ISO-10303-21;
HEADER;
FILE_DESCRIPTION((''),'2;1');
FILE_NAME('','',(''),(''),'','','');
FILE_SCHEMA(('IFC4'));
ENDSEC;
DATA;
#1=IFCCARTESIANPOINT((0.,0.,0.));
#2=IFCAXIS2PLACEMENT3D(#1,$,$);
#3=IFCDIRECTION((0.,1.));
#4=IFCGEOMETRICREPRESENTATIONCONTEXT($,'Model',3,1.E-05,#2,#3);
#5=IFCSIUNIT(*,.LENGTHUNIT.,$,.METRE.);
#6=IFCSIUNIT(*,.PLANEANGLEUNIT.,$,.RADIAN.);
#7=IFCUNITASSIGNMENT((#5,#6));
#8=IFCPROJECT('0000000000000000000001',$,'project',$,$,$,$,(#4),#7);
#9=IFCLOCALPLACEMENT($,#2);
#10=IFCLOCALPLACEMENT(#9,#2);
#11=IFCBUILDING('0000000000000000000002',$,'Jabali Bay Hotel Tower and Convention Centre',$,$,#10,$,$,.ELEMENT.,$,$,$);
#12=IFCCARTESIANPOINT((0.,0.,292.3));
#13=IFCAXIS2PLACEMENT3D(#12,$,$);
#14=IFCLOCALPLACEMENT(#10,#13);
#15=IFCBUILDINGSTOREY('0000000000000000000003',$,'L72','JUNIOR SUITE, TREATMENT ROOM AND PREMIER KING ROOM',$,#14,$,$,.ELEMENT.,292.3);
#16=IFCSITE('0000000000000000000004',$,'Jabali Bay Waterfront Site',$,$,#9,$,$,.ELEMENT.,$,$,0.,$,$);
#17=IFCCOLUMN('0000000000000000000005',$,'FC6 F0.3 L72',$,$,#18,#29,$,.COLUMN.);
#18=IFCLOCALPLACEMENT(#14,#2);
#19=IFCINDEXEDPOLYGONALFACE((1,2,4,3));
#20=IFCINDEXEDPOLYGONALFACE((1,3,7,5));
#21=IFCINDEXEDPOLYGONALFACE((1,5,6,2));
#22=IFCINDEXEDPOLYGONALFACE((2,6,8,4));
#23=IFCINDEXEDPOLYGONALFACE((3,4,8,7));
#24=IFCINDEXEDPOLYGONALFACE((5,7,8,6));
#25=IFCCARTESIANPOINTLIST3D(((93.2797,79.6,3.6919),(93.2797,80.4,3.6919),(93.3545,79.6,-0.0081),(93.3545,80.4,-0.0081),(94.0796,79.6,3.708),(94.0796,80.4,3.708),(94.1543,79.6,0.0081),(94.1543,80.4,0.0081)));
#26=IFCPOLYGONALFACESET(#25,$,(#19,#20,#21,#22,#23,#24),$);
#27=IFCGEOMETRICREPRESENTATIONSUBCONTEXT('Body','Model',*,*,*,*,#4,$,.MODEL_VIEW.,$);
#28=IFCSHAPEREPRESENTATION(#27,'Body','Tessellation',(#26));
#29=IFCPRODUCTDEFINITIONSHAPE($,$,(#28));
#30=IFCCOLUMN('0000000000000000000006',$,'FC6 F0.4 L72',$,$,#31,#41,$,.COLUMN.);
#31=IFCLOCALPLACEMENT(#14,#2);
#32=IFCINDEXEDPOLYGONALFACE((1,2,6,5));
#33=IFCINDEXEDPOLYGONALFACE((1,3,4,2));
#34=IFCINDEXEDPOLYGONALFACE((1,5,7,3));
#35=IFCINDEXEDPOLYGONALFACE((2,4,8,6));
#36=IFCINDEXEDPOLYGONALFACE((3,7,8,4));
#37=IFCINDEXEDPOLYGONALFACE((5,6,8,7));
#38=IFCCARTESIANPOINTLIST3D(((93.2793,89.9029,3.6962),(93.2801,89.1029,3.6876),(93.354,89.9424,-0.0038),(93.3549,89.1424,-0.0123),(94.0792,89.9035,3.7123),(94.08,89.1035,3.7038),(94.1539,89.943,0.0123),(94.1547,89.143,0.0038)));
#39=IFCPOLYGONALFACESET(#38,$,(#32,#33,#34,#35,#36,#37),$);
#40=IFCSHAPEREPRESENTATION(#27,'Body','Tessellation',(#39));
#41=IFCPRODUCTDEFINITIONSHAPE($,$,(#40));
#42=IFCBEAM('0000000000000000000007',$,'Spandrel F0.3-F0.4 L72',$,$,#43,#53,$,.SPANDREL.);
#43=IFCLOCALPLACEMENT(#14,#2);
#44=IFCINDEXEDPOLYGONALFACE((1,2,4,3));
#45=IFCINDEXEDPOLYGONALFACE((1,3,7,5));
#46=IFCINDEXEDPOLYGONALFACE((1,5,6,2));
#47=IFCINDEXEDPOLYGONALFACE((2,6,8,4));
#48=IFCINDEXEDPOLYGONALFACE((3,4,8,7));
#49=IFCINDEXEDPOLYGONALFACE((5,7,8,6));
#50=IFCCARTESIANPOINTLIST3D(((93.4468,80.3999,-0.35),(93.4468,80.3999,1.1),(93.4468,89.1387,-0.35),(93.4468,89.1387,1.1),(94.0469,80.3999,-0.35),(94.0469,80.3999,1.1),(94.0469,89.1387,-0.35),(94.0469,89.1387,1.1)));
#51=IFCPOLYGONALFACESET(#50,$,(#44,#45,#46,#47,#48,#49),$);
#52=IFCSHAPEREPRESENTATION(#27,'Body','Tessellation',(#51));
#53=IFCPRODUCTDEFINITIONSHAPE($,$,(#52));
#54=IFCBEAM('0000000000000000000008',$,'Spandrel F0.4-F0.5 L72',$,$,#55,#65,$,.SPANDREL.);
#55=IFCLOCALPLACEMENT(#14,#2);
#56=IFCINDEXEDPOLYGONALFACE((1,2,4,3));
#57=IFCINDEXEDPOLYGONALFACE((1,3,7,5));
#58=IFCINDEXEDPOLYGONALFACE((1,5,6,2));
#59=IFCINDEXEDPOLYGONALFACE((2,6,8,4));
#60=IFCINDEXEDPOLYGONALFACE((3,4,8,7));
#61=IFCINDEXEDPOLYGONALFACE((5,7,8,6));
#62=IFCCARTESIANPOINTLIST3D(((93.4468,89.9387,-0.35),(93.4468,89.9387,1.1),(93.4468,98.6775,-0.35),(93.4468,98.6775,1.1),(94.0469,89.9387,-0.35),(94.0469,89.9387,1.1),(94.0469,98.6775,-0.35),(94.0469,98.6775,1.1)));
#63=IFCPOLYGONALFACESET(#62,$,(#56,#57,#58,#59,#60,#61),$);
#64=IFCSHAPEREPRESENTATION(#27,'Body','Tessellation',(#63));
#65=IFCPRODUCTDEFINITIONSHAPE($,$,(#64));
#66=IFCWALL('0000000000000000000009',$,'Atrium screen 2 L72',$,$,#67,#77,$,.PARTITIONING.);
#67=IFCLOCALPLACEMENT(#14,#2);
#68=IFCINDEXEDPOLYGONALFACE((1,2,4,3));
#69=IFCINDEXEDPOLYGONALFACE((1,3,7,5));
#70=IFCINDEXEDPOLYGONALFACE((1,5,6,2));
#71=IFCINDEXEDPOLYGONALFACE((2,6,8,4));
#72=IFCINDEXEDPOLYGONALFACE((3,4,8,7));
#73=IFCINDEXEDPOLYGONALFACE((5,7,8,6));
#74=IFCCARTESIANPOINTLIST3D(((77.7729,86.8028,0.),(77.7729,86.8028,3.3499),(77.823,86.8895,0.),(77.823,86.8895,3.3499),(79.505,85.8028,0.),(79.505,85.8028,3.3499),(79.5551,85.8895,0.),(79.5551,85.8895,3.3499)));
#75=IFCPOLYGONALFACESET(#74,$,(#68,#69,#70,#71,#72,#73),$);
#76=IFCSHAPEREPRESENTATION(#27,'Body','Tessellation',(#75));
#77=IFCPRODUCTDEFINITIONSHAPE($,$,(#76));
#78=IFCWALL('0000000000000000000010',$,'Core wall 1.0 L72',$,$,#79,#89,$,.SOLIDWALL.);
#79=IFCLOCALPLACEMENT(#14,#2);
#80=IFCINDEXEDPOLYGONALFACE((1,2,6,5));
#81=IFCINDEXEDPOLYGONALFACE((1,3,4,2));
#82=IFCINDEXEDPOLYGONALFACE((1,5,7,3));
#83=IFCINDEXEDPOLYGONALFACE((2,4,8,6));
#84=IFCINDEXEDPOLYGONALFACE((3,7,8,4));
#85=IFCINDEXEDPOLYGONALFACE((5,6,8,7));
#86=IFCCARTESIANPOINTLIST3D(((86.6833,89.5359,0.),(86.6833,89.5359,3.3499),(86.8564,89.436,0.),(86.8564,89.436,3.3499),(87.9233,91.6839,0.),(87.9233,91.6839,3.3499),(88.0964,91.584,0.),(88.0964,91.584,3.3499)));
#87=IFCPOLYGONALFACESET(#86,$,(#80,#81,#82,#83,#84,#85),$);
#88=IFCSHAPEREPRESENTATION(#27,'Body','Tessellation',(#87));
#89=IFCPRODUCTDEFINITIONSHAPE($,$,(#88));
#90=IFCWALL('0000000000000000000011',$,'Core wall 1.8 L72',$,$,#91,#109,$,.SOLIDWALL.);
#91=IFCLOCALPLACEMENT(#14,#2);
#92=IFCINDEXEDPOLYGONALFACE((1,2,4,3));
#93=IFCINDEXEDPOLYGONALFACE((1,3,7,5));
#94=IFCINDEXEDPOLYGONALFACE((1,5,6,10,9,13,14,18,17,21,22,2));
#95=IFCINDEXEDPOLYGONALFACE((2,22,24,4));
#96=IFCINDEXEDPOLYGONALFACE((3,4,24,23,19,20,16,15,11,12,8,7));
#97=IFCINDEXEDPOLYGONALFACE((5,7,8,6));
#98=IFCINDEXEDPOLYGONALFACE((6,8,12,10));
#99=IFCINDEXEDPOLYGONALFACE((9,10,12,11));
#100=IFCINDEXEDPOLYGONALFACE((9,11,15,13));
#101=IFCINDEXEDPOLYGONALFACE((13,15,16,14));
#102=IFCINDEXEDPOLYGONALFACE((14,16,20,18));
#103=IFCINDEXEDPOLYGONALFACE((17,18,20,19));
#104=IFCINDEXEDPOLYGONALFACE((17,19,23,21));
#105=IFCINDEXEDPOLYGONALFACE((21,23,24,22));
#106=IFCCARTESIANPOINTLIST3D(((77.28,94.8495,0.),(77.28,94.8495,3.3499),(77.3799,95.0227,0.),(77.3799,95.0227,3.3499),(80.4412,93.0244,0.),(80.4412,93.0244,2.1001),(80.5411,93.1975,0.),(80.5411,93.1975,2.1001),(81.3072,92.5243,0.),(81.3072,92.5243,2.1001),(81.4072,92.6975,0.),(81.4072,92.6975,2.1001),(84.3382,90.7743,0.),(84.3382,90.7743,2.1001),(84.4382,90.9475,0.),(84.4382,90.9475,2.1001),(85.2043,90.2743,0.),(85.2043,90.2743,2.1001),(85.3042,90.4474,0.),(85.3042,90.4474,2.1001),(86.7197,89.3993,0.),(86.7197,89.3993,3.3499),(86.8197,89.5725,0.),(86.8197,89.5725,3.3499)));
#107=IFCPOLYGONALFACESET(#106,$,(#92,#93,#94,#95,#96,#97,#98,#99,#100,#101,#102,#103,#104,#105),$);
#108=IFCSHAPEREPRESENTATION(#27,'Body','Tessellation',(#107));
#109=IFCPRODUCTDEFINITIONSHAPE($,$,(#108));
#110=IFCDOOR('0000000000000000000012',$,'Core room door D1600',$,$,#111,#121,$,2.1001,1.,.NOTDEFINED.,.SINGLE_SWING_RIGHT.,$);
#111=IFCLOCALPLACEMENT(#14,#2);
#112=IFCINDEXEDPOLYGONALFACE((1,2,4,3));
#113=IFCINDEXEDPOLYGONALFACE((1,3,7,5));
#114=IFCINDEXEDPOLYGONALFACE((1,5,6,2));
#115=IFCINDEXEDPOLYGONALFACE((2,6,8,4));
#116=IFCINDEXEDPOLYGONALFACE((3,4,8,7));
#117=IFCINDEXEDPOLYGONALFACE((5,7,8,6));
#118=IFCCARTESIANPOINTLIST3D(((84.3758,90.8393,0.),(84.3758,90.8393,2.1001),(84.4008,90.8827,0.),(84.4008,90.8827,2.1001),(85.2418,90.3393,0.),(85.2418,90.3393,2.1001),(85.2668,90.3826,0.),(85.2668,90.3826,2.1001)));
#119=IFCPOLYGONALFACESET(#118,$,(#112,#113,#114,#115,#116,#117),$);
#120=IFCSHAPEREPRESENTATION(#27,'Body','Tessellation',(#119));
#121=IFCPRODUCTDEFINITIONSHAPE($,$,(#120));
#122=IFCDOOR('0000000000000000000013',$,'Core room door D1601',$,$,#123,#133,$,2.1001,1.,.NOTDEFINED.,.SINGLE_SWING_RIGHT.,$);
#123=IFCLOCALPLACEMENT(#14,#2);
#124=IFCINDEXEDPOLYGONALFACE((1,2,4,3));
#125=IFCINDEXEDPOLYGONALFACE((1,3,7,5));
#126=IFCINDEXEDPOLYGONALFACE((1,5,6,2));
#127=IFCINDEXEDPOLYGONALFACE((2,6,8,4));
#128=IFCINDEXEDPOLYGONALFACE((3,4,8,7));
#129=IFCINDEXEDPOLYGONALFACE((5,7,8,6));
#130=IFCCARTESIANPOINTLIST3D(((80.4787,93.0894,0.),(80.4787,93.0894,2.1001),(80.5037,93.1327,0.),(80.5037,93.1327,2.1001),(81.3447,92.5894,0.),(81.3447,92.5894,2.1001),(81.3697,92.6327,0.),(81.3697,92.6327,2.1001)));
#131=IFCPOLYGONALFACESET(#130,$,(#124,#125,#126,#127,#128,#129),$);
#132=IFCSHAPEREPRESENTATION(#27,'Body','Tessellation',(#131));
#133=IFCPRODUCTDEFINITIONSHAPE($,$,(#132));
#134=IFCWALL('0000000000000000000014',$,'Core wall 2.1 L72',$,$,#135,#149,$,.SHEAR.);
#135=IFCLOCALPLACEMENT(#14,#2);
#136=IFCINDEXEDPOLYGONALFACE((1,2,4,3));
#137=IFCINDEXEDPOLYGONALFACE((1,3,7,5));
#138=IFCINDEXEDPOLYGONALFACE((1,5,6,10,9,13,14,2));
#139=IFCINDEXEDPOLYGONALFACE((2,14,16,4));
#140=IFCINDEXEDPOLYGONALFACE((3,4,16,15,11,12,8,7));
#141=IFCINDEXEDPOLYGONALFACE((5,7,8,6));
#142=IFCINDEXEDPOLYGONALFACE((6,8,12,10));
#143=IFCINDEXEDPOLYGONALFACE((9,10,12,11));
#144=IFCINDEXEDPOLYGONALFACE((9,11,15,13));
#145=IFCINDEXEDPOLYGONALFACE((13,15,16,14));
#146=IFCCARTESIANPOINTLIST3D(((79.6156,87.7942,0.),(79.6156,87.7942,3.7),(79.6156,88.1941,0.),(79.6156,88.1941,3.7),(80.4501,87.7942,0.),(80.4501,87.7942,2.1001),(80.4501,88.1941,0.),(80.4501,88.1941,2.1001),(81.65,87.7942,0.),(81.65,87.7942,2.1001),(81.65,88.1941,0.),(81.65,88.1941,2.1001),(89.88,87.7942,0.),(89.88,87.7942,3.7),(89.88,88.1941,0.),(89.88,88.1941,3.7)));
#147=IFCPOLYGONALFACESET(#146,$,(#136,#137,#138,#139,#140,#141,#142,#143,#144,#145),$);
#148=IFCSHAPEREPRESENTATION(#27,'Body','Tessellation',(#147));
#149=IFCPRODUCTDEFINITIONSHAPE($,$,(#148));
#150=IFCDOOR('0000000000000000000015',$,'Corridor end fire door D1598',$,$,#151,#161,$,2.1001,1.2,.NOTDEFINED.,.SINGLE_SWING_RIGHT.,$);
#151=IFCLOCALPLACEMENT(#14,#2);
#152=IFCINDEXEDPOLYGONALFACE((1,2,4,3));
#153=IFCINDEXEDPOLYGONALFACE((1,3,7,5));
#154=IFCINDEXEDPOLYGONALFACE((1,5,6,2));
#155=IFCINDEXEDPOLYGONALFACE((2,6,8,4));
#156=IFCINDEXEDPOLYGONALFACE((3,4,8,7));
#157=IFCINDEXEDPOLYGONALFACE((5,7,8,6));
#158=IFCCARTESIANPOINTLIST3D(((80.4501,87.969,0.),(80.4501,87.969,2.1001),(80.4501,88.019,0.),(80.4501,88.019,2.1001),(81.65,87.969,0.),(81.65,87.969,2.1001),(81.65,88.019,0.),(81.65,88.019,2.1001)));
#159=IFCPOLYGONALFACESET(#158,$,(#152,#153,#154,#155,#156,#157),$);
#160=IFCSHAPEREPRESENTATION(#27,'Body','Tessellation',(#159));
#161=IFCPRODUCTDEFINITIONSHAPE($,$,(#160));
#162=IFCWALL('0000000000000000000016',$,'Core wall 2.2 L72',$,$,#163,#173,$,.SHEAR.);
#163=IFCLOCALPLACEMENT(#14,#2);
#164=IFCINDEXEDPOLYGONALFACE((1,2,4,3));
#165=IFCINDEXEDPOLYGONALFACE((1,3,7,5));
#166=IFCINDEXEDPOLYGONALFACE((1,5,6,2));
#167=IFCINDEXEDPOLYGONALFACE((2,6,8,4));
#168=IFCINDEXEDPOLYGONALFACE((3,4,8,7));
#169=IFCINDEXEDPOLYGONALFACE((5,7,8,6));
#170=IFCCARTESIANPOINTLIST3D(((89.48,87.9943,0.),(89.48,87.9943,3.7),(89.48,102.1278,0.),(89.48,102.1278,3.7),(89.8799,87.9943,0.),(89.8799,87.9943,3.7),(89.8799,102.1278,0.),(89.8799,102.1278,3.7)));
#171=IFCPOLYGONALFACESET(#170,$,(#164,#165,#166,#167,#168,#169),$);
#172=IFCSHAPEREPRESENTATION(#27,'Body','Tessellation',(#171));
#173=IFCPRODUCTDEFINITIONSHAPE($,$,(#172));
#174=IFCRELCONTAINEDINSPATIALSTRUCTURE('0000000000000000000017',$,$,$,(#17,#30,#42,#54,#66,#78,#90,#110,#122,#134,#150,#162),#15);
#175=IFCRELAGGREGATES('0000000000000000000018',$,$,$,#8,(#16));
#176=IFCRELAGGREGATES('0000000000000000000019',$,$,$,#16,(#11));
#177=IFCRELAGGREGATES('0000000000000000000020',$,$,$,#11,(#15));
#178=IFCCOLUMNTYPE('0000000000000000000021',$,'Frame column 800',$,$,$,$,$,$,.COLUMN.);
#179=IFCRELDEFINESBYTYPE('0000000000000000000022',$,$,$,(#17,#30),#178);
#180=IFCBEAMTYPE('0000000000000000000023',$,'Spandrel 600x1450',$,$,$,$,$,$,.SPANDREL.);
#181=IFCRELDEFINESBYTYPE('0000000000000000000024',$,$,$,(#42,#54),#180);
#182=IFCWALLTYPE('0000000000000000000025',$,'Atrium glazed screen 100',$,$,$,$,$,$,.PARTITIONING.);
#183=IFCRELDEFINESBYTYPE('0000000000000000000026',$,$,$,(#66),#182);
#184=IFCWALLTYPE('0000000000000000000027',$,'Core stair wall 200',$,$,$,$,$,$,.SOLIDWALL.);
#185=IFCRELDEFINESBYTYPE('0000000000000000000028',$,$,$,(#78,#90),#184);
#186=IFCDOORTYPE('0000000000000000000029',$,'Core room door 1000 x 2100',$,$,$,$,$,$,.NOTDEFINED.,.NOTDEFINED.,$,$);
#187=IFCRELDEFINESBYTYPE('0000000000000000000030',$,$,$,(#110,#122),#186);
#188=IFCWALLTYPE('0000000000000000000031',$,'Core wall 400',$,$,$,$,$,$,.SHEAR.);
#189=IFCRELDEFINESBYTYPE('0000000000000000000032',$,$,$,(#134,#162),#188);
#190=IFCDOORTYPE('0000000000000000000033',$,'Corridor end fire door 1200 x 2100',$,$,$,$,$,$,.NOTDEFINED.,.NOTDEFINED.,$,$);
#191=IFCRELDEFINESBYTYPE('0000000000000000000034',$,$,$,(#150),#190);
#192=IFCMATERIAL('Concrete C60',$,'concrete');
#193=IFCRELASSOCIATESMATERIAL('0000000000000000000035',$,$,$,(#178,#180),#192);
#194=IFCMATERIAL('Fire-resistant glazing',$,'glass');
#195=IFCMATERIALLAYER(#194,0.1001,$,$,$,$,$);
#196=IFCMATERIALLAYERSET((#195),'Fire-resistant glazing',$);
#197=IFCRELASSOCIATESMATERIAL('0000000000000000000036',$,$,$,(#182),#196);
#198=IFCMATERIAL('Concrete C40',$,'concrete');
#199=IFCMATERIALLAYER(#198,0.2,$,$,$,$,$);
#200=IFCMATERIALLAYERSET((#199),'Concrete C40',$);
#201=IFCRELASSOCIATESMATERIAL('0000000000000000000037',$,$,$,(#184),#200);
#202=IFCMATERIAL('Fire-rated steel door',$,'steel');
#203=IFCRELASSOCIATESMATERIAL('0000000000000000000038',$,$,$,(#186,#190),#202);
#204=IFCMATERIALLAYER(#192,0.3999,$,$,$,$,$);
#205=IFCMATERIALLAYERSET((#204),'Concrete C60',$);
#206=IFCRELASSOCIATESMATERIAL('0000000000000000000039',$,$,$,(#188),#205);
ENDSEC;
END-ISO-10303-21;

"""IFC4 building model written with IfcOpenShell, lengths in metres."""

from ifc_helpers import new_model, si_unit, direction, frame, frame_2d, origin, origin_2d, place, context, subcontext, project, spatial, rectangle, extrude, material, layer, layer_set, material_profile, profile_set, type_object, element, fill, save


model = new_model("IFC4")

# Units and contexts
model_context = context("Model", 3, precision=1e-05, world=origin(), true_north=direction((0.0, 1.0)))
body_context = subcontext(model_context, "Body", "Model", "MODEL_VIEW")
ifc_project = project(units=[si_unit("LENGTHUNIT", "METRE"), si_unit("PLANEANGLEUNIT", "RADIAN")], contexts=[model_context])

# Site, building, storey
site_placement = place(None, origin())
site = spatial("IfcSite", under=ifc_project, at=site_placement, Name="Jabali Bay Waterfront Site", CompositionType="ELEMENT", RefElevation=0.0)
building_placement = place(site_placement, origin())
building = spatial("IfcBuilding", under=site, at=building_placement, Name="Jabali Bay Hotel Tower and Convention Centre", CompositionType="ELEMENT")
storey_placement = place(building_placement, frame((0.0, 0.0, 292.3)))
storey = spatial("IfcBuildingStorey", under=building, at=storey_placement, Name="L72", Description="JUNIOR SUITE, TREATMENT ROOM AND PREMIER KING ROOM", CompositionType="ELEMENT", Elevation=292.3)

# Columns
ifc_material_1 = material(Name="Concrete C60", Category="concrete")
ifc_material_profile_1 = material_profile(ifc_material_1, rectangle(XDim=0.8, YDim=0.8, at=origin_2d()), Name="Frame column 800")
ifc_profile_set_1 = profile_set([ifc_material_profile_1], Name="Concrete C60")
column_type = type_object("IfcColumnType", Name="Frame column 800", PredefinedType="COLUMN", material=ifc_profile_set_1)
column_1_placement = place(storey_placement, frame((93.7544, 80.0, 0.0), z_axis=(-0.020187, 0.0, 0.999796), x_axis=(0.0, -1.0, 0.0)))
element("IfcColumn", 1, at=column_1_placement, inside=storey, type_object=column_type, Name="FC6 F0.3 L72", PredefinedType="COLUMN", context=body_context, shape_type="SweptSolid", body=[
    extrude(rectangle(XDim=0.8, YDim=0.8, at=origin_2d()), origin(), (0.0, 0.0, 1.0), 3.7007),
])
column_2_placement = place(storey_placement, frame((93.7544, 89.5427, 0.0), z_axis=(-0.020186, -0.010687, 0.999739), x_axis=(0.999796, 0.000797, 0.020196)))
element("IfcColumn", 2, at=column_2_placement, inside=storey, type_object=column_type, Name="FC6 F0.4 L72", PredefinedType="COLUMN", context=body_context, shape_type="SweptSolid", body=[
    extrude(rectangle(XDim=0.8, YDim=0.8, at=origin_2d()), origin(), (0.0, 0.0, 1.0), 3.7009),
])

# Beams
ifc_material_profile_2 = material_profile(ifc_material_1, rectangle(XDim=0.6001, YDim=1.45, at=origin_2d()), Name="Spandrel 600x1450")
ifc_profile_set_2 = profile_set([ifc_material_profile_2], Name="Concrete C60")
beam_type = type_object("IfcBeamType", Name="Spandrel 600x1450", PredefinedType="SPANDREL", material=ifc_profile_set_2)
for number, where, z_axis, x_axis, name in (
    (3, (93.7468, 80.3999, 0.375), (0.0, 1.0, 0.0), (-1.0, 0.0, 0.0), "Spandrel F0.3-F0.4 L72"),
    (4, (93.7468, 89.9387, 0.375), (0.0, 1.0, 0.0), (-1.0, 0.0, 0.0), "Spandrel F0.4-F0.5 L72"),
):
    element("IfcBeam", number, at=place(storey_placement, frame(where, z_axis=z_axis, x_axis=x_axis)), inside=storey, type_object=beam_type, Name=name, PredefinedType="SPANDREL", context=body_context, shape_type="SweptSolid", body=[
        extrude(rectangle(XDim=0.6001, YDim=1.45, at=origin_2d()), origin(), (0.0, 0.0, 1.0), 8.7388),
    ])

# Walls
ifc_material_2 = material(Name="Fire-resistant glazing", Category="glass")
ifc_layer_1 = layer(ifc_material_2, 0.1001)
ifc_layer_set_1 = layer_set([ifc_layer_1], Name="Fire-resistant glazing")
wall_type_1 = type_object("IfcWallType", Name="Atrium glazed screen 100", PredefinedType="PARTITIONING", material=ifc_layer_set_1)
wall_1_placement = place(storey_placement, frame((79.53, 85.8462, 0.0), z_axis=(0.0, 0.0, 1.0), x_axis=(-0.866041, 0.499973, 0.0)))
element("IfcWall", 5, at=wall_1_placement, inside=storey, type_object=wall_type_1, Name="Atrium screen 2 L72", PredefinedType="PARTITIONING", context=body_context, shape_type="SweptSolid", body=[
    extrude(rectangle(XDim=2.0, YDim=0.1001, at=frame_2d((1.0, 0.0))), origin(), (0.0, 0.0, 1.0), 3.3499),
])
ifc_material_3 = material(Name="Concrete C40", Category="concrete")
ifc_layer_2 = layer(ifc_material_3, 0.2)
ifc_layer_set_2 = layer_set([ifc_layer_2], Name="Concrete C40")
wall_type_2 = type_object("IfcWallType", Name="Core stair wall 200", PredefinedType="SOLIDWALL", material=ifc_layer_set_2)
wall_2_placement = place(storey_placement, frame((86.7698, 89.4858, 0.0), z_axis=(0.0, 0.0, 1.0), x_axis=(0.499961, 0.866048, 0.0)))
element("IfcWall", 6, at=wall_2_placement, inside=storey, type_object=wall_type_2, Name="Core wall 1.0 L72", PredefinedType="SOLIDWALL", context=body_context, shape_type="SweptSolid", body=[
    extrude(rectangle(XDim=2.4802, YDim=0.2, at=frame_2d((1.2402, 0.0))), origin(), (0.0, 0.0, 1.0), 3.3499),
])

# Wall, openings, doors
wall_3_placement = place(storey_placement, frame((86.7698, 89.4858, 0.0), z_axis=(0.0, 0.0, 1.0), x_axis=(-0.866018, 0.500013, 0.0)))
wall_3 = element("IfcWall", 7, at=wall_3_placement, inside=storey, type_object=wall_type_2, Name="Core wall 1.8 L72", PredefinedType="SOLIDWALL", context=body_context, shape_type="SweptSolid", body=[
    extrude(rectangle(XDim=10.9001, YDim=0.2, at=frame_2d((5.4502, 0.0))), origin(), (0.0, 0.0, 1.0), 3.3499),
])
opening_1_placement = place(wall_3_placement, frame((1.75, 0.0, 0.0)))
opening_1 = element("IfcOpeningElement", 8, at=opening_1_placement, cuts=wall_3, PredefinedType="OPENING", context=body_context, shape_type="SweptSolid", body=[
    extrude(rectangle(XDim=1.0, YDim=2.1001, at=frame_2d((0.5, 1.05))), frame((0.0, 0.1104, 0.0), z_axis=(0.0, -1.0, 0.0), x_axis=(1.0, 0.0, 0.0)), (0.0, 0.0, 1.0), 0.2209),
])
opening_2_placement = place(wall_3_placement, frame((6.25, 0.0, 0.0)))
opening_2 = element("IfcOpeningElement", 9, at=opening_2_placement, cuts=wall_3, PredefinedType="OPENING", context=body_context, shape_type="SweptSolid", body=[
    extrude(rectangle(XDim=1.0, YDim=2.1001, at=frame_2d((0.5, 1.05))), frame((0.0, 0.1104, 0.0), z_axis=(0.0, -1.0, 0.0), x_axis=(1.0, 0.0, 0.0)), (0.0, 0.0, 1.0), 0.2209),
])
ifc_material_4 = material(Name="Fire-rated steel door", Category="steel")
door_type_1 = type_object("IfcDoorType", Name="Core room door 1000 x 2100", OperationType="NOTDEFINED", PredefinedType="NOTDEFINED", material=ifc_material_4)
door_1_placement = place(opening_1_placement, origin())
door_1 = element("IfcDoor", 10, at=door_1_placement, inside=storey, type_object=door_type_1, Name="Core room door D1600", OperationType="SINGLE_SWING_RIGHT", OverallHeight=2.1001, OverallWidth=1.0, PredefinedType="NOTDEFINED", context=body_context, shape_type="SweptSolid", body=[
    extrude(rectangle(XDim=1.0, YDim=2.1001, at=frame_2d((0.5, 1.05))), frame((0.0, 0.0249, 0.0), z_axis=(0.0, -1.0, 0.0), x_axis=(1.0, 0.0, 0.0)), (0.0, 0.0, 1.0), 0.05),
])
fill(opening_1, door_1)
door_2_placement = place(opening_2_placement, origin())
door_2 = element("IfcDoor", 11, at=door_2_placement, inside=storey, type_object=door_type_1, Name="Core room door D1601", OperationType="SINGLE_SWING_RIGHT", OverallHeight=2.1001, OverallWidth=1.0, PredefinedType="NOTDEFINED", context=body_context, shape_type="SweptSolid", body=[
    extrude(rectangle(XDim=1.0, YDim=2.1001, at=frame_2d((0.5, 1.05))), frame((0.0, 0.0249, 0.0), z_axis=(0.0, -1.0, 0.0), x_axis=(1.0, 0.0, 0.0)), (0.0, 0.0, 1.0), 0.05),
])
fill(opening_2, door_2)

# Wall, opening, door
ifc_layer_3 = layer(ifc_material_1, 0.3999)
ifc_layer_set_3 = layer_set([ifc_layer_3], Name="Concrete C60")
wall_type_3 = type_object("IfcWallType", Name="Core wall 400", PredefinedType="SHEAR", material=ifc_layer_set_3)
wall_4_placement = place(storey_placement, frame((79.6155, 87.9941, 0.0), z_axis=(0.0, 0.0, 1.0), x_axis=(1.0, 0.0, 0.0)))
wall_4 = element("IfcWall", 12, at=wall_4_placement, inside=storey, type_object=wall_type_3, Name="Core wall 2.1 L72", PredefinedType="SHEAR", context=body_context, shape_type="SweptSolid", body=[
    extrude(rectangle(XDim=10.2644, YDim=0.3999, at=frame_2d((5.1323, 0.0))), origin(), (0.0, 0.0, 1.0), 3.7),
])
opening_3_placement = place(wall_4_placement, frame((0.8345, 0.0, 0.0)))
opening_3 = element("IfcOpeningElement", 13, at=opening_3_placement, cuts=wall_4, PredefinedType="OPENING", context=body_context, shape_type="SweptSolid", body=[
    extrude(rectangle(XDim=1.2, YDim=2.1001, at=frame_2d((0.6001, 1.05))), frame((0.0, 0.2104, 0.0), z_axis=(0.0, -1.0, 0.0), x_axis=(1.0, 0.0, 0.0)), (0.0, 0.0, 1.0), 0.4209),
])
door_type_2 = type_object("IfcDoorType", Name="Corridor end fire door 1200 x 2100", OperationType="NOTDEFINED", PredefinedType="NOTDEFINED", material=ifc_material_4)
door_3_placement = place(opening_3_placement, origin())
door_3 = element("IfcDoor", 14, at=door_3_placement, inside=storey, type_object=door_type_2, Name="Corridor end fire door D1598", OperationType="SINGLE_SWING_RIGHT", OverallHeight=2.1001, OverallWidth=1.2, PredefinedType="NOTDEFINED", context=body_context, shape_type="SweptSolid", body=[
    extrude(rectangle(XDim=1.2, YDim=2.1001, at=frame_2d((0.6001, 1.05))), frame((0.0, 0.0249, 0.0), z_axis=(0.0, -1.0, 0.0), x_axis=(1.0, 0.0, 0.0)), (0.0, 0.0, 1.0), 0.05),
])
fill(opening_3, door_3)

# Wall
wall_5_placement = place(storey_placement, frame((89.6799, 87.9941, 0.0), z_axis=(0.0, 0.0, 1.0), x_axis=(0.0, 1.0, 0.0)))
element("IfcWall", 15, at=wall_5_placement, inside=storey, type_object=wall_type_3, Name="Core wall 2.2 L72", PredefinedType="SHEAR", context=body_context, shape_type="SweptSolid", body=[
    extrude(rectangle(XDim=14.1335, YDim=0.3999, at=frame_2d((7.0669, 0.0))), origin(), (0.0, 0.0, 1.0), 3.7),
])

save(model, "model.ifc")
